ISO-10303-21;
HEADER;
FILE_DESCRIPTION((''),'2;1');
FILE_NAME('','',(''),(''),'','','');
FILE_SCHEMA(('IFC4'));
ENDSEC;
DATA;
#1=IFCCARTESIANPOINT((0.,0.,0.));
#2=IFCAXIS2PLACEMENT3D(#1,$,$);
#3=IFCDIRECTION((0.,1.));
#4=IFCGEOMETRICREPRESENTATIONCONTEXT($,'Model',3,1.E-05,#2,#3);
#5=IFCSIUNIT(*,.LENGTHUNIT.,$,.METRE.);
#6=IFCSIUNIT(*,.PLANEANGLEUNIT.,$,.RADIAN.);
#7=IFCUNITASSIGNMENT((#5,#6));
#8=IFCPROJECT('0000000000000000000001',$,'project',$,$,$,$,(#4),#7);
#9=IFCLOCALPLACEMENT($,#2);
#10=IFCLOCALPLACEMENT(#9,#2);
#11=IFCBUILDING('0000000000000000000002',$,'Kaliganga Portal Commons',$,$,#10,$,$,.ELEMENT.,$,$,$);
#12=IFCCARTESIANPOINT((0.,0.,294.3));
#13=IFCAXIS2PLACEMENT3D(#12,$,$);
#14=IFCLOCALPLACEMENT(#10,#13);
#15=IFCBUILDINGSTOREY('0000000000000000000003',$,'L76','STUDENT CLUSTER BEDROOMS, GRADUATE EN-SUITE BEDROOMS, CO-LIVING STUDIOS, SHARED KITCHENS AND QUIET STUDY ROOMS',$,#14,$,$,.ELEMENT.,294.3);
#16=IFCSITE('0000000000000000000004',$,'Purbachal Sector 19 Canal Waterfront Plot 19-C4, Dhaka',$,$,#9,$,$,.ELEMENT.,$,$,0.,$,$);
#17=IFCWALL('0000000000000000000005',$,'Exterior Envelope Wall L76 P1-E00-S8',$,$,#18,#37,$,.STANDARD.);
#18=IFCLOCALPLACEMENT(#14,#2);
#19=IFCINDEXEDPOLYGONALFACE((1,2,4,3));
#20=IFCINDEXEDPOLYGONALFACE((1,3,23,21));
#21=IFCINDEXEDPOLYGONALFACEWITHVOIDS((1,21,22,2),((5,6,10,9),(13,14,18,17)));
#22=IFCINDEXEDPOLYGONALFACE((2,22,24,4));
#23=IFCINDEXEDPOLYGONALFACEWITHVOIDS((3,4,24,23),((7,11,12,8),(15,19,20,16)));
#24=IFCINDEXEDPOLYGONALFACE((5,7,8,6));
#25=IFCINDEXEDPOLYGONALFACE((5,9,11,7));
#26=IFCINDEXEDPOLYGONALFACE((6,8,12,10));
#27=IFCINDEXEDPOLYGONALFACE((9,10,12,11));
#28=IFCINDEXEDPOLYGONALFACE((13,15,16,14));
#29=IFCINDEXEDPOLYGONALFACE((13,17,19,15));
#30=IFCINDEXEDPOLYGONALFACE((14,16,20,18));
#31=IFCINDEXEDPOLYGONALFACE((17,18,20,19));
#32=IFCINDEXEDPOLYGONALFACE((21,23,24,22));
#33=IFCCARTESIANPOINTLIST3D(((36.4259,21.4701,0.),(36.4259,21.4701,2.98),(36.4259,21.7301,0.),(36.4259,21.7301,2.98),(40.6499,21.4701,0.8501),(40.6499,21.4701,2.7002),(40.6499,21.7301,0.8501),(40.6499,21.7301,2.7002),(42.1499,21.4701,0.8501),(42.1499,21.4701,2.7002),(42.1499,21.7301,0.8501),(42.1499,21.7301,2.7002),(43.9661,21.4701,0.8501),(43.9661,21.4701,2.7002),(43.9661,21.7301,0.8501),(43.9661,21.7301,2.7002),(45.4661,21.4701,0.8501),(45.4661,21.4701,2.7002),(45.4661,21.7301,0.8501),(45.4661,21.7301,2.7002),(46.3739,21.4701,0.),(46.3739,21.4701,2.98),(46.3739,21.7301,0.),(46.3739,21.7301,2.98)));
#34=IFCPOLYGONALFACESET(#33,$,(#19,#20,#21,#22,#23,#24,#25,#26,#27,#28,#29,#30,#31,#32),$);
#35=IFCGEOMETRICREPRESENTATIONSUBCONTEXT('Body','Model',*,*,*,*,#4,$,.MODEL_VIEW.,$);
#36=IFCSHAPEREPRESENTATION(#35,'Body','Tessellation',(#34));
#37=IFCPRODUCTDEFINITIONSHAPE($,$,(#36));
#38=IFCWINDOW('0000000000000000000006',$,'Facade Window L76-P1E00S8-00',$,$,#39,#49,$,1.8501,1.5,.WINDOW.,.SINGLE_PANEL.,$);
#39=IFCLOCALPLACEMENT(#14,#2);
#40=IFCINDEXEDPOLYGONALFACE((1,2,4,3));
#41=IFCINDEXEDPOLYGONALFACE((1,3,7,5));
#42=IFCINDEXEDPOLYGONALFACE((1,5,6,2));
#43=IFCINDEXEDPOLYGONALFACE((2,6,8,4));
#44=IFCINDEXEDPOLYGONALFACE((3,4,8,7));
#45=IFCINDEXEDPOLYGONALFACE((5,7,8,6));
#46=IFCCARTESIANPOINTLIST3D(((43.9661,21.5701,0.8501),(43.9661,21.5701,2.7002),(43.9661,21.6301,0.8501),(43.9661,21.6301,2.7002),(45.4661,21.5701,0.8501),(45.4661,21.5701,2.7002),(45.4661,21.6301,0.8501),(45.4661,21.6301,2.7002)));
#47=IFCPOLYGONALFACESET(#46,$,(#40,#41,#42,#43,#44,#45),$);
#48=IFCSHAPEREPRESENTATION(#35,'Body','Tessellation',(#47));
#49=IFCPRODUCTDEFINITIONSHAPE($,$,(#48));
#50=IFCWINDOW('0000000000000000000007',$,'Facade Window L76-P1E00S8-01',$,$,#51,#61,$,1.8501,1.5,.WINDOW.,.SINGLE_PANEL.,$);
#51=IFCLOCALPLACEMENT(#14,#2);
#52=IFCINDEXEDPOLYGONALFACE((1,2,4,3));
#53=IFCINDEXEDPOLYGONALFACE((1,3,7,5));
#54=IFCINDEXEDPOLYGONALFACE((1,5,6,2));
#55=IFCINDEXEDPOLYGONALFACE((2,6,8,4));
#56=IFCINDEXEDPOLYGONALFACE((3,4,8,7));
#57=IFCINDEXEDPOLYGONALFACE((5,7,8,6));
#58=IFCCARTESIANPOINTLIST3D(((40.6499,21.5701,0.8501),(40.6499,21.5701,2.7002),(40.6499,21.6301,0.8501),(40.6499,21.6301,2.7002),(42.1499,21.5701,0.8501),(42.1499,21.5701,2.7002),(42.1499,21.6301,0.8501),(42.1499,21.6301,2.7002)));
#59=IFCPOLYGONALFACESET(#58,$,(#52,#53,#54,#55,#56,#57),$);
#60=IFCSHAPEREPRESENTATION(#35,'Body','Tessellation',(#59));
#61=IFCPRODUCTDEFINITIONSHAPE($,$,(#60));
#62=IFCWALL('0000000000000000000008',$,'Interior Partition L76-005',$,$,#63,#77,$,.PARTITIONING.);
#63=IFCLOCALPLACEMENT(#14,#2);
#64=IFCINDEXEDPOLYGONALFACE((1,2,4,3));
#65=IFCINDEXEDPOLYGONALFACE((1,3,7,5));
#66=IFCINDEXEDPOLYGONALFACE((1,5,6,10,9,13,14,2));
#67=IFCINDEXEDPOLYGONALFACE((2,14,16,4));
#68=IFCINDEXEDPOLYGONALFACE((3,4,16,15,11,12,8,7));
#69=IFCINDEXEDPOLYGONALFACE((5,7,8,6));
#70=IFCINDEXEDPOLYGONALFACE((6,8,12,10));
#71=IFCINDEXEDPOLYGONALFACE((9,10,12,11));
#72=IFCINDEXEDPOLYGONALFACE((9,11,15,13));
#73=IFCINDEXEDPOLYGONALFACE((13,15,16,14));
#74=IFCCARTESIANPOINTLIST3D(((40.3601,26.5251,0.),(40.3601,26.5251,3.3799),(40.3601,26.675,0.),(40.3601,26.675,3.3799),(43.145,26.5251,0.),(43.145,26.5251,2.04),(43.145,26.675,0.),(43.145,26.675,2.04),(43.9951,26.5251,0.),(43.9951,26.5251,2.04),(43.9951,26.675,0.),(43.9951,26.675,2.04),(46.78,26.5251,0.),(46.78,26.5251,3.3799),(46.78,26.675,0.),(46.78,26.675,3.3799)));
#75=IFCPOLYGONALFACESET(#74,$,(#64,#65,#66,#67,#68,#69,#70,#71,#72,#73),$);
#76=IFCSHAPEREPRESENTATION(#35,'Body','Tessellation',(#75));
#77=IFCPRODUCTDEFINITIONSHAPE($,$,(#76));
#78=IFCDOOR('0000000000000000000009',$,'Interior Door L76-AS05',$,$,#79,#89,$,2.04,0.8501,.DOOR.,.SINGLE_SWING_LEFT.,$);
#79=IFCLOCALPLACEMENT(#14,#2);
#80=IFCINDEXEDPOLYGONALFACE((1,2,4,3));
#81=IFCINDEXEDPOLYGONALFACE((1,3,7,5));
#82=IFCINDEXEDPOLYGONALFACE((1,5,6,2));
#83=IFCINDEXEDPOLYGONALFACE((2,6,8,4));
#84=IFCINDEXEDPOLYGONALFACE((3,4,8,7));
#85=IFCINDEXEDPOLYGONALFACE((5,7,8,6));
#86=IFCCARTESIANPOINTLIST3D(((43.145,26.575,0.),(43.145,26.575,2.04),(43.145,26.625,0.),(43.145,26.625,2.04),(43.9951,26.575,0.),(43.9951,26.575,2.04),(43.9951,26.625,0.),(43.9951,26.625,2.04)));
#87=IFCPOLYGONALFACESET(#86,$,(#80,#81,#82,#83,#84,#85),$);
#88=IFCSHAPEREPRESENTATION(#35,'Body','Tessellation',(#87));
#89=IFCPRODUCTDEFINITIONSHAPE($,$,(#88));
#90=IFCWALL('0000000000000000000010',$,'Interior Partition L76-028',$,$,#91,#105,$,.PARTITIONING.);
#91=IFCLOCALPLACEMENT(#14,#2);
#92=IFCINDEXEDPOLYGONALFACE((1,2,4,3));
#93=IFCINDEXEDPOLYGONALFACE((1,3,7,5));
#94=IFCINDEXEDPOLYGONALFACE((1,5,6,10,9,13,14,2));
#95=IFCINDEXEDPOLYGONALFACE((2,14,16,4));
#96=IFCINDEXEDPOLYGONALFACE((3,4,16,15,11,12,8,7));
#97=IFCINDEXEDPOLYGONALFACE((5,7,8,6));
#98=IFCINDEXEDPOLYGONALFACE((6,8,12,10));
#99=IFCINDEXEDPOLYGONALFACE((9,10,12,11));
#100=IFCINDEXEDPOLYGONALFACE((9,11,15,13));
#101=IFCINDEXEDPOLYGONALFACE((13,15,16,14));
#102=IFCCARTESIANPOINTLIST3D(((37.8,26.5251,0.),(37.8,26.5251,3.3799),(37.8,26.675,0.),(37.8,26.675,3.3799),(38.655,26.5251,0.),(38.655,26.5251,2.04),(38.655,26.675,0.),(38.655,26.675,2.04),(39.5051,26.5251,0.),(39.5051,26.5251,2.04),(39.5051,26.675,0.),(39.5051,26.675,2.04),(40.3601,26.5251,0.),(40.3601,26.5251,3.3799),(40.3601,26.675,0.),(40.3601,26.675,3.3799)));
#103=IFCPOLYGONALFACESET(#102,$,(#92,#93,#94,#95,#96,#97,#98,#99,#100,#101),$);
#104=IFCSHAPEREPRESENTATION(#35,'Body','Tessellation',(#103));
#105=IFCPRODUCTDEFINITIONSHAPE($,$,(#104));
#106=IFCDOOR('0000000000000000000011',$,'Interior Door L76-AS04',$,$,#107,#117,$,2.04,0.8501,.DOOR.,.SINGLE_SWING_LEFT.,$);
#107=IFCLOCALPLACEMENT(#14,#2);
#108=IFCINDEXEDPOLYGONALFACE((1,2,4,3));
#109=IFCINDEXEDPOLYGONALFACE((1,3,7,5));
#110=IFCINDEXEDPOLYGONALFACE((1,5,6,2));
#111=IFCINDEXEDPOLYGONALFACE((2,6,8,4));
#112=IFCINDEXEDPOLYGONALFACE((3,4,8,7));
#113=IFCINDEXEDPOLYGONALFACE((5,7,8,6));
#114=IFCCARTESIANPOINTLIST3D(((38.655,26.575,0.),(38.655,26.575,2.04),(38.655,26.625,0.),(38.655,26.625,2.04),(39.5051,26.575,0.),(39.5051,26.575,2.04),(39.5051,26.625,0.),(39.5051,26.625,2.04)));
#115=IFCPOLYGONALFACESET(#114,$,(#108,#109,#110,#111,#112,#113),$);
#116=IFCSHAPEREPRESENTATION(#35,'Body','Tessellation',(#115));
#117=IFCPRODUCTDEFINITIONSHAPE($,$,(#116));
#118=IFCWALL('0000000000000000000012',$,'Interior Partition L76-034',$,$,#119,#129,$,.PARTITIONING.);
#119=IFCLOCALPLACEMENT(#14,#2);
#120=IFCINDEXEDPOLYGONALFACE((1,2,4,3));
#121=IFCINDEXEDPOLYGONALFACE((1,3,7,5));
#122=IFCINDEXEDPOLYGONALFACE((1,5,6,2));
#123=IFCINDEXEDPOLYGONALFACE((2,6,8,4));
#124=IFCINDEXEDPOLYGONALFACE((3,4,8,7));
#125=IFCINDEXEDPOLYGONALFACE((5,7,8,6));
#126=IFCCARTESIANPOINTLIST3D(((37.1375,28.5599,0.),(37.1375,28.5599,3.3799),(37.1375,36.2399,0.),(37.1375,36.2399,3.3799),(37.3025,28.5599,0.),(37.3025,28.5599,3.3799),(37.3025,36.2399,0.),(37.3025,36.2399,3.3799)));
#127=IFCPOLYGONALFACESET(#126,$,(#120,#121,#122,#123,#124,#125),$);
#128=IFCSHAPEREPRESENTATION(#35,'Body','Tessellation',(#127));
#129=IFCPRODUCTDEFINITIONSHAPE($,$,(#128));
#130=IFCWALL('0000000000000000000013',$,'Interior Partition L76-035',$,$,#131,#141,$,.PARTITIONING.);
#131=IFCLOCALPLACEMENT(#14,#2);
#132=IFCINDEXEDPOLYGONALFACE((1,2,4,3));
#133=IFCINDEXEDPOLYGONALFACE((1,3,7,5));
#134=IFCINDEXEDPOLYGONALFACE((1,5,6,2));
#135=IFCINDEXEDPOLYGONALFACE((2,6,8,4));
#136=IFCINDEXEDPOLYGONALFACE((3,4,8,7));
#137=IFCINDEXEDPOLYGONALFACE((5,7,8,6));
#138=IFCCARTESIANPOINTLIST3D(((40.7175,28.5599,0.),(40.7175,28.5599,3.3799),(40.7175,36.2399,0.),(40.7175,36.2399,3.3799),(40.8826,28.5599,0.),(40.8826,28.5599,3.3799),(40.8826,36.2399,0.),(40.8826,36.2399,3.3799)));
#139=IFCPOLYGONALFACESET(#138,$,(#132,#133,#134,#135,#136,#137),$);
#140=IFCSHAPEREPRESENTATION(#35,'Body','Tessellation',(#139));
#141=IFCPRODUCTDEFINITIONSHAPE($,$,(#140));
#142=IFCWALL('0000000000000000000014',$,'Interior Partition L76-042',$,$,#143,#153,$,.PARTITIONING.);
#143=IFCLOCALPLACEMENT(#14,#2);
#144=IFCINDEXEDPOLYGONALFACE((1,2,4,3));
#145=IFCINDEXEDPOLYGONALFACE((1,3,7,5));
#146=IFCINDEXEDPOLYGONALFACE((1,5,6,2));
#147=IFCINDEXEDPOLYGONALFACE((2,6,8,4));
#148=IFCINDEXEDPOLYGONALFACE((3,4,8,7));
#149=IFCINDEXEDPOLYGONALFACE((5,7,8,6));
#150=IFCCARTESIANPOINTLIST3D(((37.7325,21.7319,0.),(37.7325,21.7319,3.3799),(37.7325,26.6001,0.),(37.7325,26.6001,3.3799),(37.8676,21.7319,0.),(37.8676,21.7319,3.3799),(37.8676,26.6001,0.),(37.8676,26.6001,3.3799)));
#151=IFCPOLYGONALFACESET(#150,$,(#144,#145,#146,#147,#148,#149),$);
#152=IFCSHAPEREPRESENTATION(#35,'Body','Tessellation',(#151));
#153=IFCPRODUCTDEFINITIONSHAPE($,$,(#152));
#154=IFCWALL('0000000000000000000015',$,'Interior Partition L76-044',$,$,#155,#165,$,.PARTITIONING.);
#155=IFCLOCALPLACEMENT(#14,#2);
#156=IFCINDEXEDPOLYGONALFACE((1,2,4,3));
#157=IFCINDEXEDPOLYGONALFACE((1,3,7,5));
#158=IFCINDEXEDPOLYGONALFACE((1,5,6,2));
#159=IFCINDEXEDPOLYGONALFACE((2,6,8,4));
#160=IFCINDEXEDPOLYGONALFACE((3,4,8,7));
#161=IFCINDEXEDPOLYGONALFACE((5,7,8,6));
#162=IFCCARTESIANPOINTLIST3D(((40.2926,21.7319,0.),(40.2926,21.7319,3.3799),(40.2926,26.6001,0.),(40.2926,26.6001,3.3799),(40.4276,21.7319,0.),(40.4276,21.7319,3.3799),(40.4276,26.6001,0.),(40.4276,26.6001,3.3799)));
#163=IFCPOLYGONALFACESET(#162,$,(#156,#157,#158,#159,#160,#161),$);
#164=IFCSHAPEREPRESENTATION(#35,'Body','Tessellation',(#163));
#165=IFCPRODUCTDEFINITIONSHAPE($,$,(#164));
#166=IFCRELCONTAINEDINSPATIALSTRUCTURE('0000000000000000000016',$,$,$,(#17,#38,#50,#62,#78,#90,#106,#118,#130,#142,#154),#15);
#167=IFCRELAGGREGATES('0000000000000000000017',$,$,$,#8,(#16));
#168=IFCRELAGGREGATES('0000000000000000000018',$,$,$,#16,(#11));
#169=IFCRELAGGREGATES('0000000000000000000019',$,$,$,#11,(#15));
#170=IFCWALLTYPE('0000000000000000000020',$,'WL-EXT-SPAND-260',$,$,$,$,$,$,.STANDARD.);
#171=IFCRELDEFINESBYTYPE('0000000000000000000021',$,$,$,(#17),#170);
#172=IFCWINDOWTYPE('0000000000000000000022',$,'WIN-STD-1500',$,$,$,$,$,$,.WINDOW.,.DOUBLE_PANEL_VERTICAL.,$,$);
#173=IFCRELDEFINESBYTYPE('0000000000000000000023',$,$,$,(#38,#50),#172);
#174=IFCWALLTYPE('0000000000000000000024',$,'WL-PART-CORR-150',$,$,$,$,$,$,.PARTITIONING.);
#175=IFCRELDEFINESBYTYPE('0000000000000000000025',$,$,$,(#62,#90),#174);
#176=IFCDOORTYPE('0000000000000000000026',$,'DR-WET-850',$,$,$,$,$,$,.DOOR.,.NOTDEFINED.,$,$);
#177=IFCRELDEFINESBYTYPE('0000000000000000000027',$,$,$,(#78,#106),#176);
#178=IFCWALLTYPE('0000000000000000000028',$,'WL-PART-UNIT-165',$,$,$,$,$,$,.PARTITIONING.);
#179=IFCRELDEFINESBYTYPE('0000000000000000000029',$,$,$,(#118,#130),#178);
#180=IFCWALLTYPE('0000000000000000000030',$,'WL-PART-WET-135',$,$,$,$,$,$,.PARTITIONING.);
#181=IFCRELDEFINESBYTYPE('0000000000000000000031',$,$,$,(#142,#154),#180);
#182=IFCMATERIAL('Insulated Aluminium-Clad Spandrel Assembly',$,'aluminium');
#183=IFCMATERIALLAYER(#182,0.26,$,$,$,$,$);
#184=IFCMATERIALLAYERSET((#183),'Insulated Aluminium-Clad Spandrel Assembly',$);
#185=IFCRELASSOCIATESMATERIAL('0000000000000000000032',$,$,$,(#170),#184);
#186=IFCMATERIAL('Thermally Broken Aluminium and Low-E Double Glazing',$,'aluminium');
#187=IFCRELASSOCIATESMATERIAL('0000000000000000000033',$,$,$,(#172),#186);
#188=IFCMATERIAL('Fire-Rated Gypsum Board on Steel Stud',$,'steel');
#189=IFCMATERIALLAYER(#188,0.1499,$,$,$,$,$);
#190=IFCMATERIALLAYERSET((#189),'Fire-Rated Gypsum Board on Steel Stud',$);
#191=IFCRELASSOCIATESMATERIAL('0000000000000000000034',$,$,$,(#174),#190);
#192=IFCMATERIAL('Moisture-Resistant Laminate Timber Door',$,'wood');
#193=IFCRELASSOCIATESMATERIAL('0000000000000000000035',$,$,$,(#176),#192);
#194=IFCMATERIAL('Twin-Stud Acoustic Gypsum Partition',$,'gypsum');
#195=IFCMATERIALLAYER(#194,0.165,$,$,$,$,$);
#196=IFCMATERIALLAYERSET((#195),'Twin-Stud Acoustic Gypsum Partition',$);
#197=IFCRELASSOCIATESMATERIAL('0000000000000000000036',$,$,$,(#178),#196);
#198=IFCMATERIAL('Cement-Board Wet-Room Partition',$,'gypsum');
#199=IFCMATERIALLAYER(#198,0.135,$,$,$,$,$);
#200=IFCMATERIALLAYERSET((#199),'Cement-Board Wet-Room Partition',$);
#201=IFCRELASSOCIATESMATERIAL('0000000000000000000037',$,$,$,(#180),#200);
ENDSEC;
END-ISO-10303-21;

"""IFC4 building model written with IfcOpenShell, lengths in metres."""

from ifc_helpers import new_model, si_unit, direction, frame, frame_2d, origin, place, context, subcontext, project, spatial, rectangle, extrude, material, layer, layer_set, type_object, element, fill, save


model = new_model("IFC4")

# Units and contexts
model_context = context("Model", 3, precision=1e-05, world=origin(), true_north=direction((0.0, 1.0)))
body_context = subcontext(model_context, "Body", "Model", "MODEL_VIEW")
ifc_project = project(units=[si_unit("LENGTHUNIT", "METRE"), si_unit("PLANEANGLEUNIT", "RADIAN")], contexts=[model_context])

# Site, building, storey
site_placement = place(None, origin())
site = spatial("IfcSite", under=ifc_project, at=site_placement, Name="Purbachal Sector 19 Canal Waterfront Plot 19-C4, Dhaka", CompositionType="ELEMENT", RefElevation=0.0)
building_placement = place(site_placement, origin())
building = spatial("IfcBuilding", under=site, at=building_placement, Name="Kaliganga Portal Commons", CompositionType="ELEMENT")
storey_placement = place(building_placement, frame((0.0, 0.0, 294.3)))
storey = spatial("IfcBuildingStorey", under=building, at=storey_placement, Name="L76", Description="STUDENT CLUSTER BEDROOMS, GRADUATE EN-SUITE BEDROOMS, CO-LIVING STUDIOS, SHARED KITCHENS AND QUIET STUDY ROOMS", CompositionType="ELEMENT", Elevation=294.3)

# Wall, openings, windows
ifc_material_1 = material(Name="Insulated Aluminium-Clad Spandrel Assembly", Category="aluminium")
ifc_layer_1 = layer(ifc_material_1, 0.26)
ifc_layer_set_1 = layer_set([ifc_layer_1], Name="Insulated Aluminium-Clad Spandrel Assembly")
wall_type_1 = type_object("IfcWallType", Name="WL-EXT-SPAND-260", PredefinedType="STANDARD", material=ifc_layer_set_1)
wall_1_placement = place(storey_placement, frame((46.374, 21.6001, 0.0), z_axis=(0.0, 0.0, 1.0), x_axis=(-1.0, 0.0, 0.0)))
wall_1 = element("IfcWall", 1, at=wall_1_placement, inside=storey, type_object=wall_type_1, Name="Exterior Envelope Wall L76 P1-E00-S8", PredefinedType="STANDARD", context=body_context, shape_type="SweptSolid", body=[
    extrude(rectangle(XDim=9.948, YDim=0.26, at=frame_2d((4.9741, 0.0))), origin(), (0.0, 0.0, 1.0), 2.98),
])
opening_1_placement = place(wall_1_placement, frame((0.908, 0.0, 0.8501)))
opening_1 = element("IfcOpeningElement", 2, at=opening_1_placement, cuts=wall_1, PredefinedType="OPENING", context=body_context, shape_type="SweptSolid", body=[
    extrude(rectangle(XDim=1.5, YDim=1.8501, at=frame_2d((0.75, 0.925))), frame((0.0, 0.1401, 0.0), z_axis=(0.0, -1.0, 0.0), x_axis=(1.0, 0.0, 0.0)), (0.0, 0.0, 1.0), 0.28),
])
opening_2_placement = place(wall_1_placement, frame((4.2241, 0.0, 0.8501)))
opening_2 = element("IfcOpeningElement", 3, at=opening_2_placement, cuts=wall_1, PredefinedType="OPENING", context=body_context, shape_type="SweptSolid", body=[
    extrude(rectangle(XDim=1.5, YDim=1.8501, at=frame_2d((0.75, 0.925))), frame((0.0, 0.1401, 0.0), z_axis=(0.0, -1.0, 0.0), x_axis=(1.0, 0.0, 0.0)), (0.0, 0.0, 1.0), 0.28),
])
ifc_material_2 = material(Name="Thermally Broken Aluminium and Low-E Double Glazing", Category="aluminium")
window_type = type_object("IfcWindowType", Name="WIN-STD-1500", PartitioningType="DOUBLE_PANEL_VERTICAL", PredefinedType="WINDOW", material=ifc_material_2)
window_1_placement = place(opening_1_placement, origin())
window_1 = element("IfcWindow", 4, at=window_1_placement, inside=storey, type_object=window_type, Name="Facade Window L76-P1E00S8-00", OverallHeight=1.8501, OverallWidth=1.5, PartitioningType="SINGLE_PANEL", PredefinedType="WINDOW", context=body_context, shape_type="SweptSolid", body=[
    extrude(rectangle(XDim=1.5, YDim=1.8501, at=frame_2d((0.75, 0.925))), frame((0.0, 0.03, 0.0), z_axis=(0.0, -1.0, 0.0), x_axis=(1.0, 0.0, 0.0)), (0.0, 0.0, 1.0), 0.0601),
])
fill(opening_1, window_1)
window_2_placement = place(opening_2_placement, origin())
window_2 = element("IfcWindow", 5, at=window_2_placement, inside=storey, type_object=window_type, Name="Facade Window L76-P1E00S8-01", OverallHeight=1.8501, OverallWidth=1.5, PartitioningType="SINGLE_PANEL", PredefinedType="WINDOW", context=body_context, shape_type="SweptSolid", body=[
    extrude(rectangle(XDim=1.5, YDim=1.8501, at=frame_2d((0.75, 0.925))), frame((0.0, 0.03, 0.0), z_axis=(0.0, -1.0, 0.0), x_axis=(1.0, 0.0, 0.0)), (0.0, 0.0, 1.0), 0.0601),
])
fill(opening_2, window_2)

# Walls, openings, doors
ifc_material_3 = material(Name="Fire-Rated Gypsum Board on Steel Stud", Category="steel")
ifc_layer_2 = layer(ifc_material_3, 0.1499)
ifc_layer_set_2 = layer_set([ifc_layer_2], Name="Fire-Rated Gypsum Board on Steel Stud")
wall_type_2 = type_object("IfcWallType", Name="WL-PART-CORR-150", PredefinedType="PARTITIONING", material=ifc_layer_set_2)
wall_2_placement = place(storey_placement, frame((40.3601, 26.6001, 0.0), z_axis=(0.0, 0.0, 1.0), x_axis=(1.0, 0.0, 0.0)))
wall_2 = element("IfcWall", 6, at=wall_2_placement, inside=storey, type_object=wall_type_2, Name="Interior Partition L76-005", PredefinedType="PARTITIONING", context=body_context, shape_type="SweptSolid", body=[
    extrude(rectangle(XDim=6.4199, YDim=0.1499, at=frame_2d((3.21, 0.0))), origin(), (0.0, 0.0, 1.0), 3.3799),
])
opening_3_placement = place(wall_2_placement, frame((2.7849, 0.0, 0.0)))
opening_3 = element("IfcOpeningElement", 7, at=opening_3_placement, cuts=wall_2, PredefinedType="OPENING", context=body_context, shape_type="SweptSolid", body=[
    extrude(rectangle(XDim=0.8501, YDim=2.04, at=frame_2d((0.425, 1.02))), frame((0.0, 0.085, 0.0), z_axis=(0.0, -1.0, 0.0), x_axis=(1.0, 0.0, 0.0)), (0.0, 0.0, 1.0), 0.1699),
])
ifc_material_4 = material(Name="Moisture-Resistant Laminate Timber Door", Category="wood")
door_type_1 = type_object("IfcDoorType", Name="DR-WET-850", OperationType="NOTDEFINED", PredefinedType="DOOR", material=ifc_material_4)
door_1_placement = place(opening_3_placement, origin())
door_1 = element("IfcDoor", 8, at=door_1_placement, inside=storey, type_object=door_type_1, Name="Interior Door L76-AS05", OperationType="SINGLE_SWING_LEFT", OverallHeight=2.04, OverallWidth=0.8501, PredefinedType="DOOR", context=body_context, shape_type="SweptSolid", body=[
    extrude(rectangle(XDim=0.8501, YDim=2.04, at=frame_2d((0.425, 1.02))), frame((0.0, 0.0249, 0.0), z_axis=(0.0, -1.0, 0.0), x_axis=(1.0, 0.0, 0.0)), (0.0, 0.0, 1.0), 0.05),
])
fill(opening_3, door_1)
wall_3_placement = place(storey_placement, frame((37.8, 26.6001, 0.0), z_axis=(0.0, 0.0, 1.0), x_axis=(1.0, 0.0, 0.0)))
wall_3 = element("IfcWall", 9, at=wall_3_placement, inside=storey, type_object=wall_type_2, Name="Interior Partition L76-028", PredefinedType="PARTITIONING", context=body_context, shape_type="SweptSolid", body=[
    extrude(rectangle(XDim=2.5601, YDim=0.1499, at=frame_2d((1.28, 0.0))), origin(), (0.0, 0.0, 1.0), 3.3799),
])
opening_4_placement = place(wall_3_placement, frame((0.855, 0.0, 0.0)))
opening_4 = element("IfcOpeningElement", 10, at=opening_4_placement, cuts=wall_3, PredefinedType="OPENING", context=body_context, shape_type="SweptSolid", body=[
    extrude(rectangle(XDim=0.8501, YDim=2.04, at=frame_2d((0.425, 1.02))), frame((0.0, 0.085, 0.0), z_axis=(0.0, -1.0, 0.0), x_axis=(1.0, 0.0, 0.0)), (0.0, 0.0, 1.0), 0.1699),
])
door_2_placement = place(opening_4_placement, origin())
door_2 = element("IfcDoor", 11, at=door_2_placement, inside=storey, type_object=door_type_1, Name="Interior Door L76-AS04", OperationType="SINGLE_SWING_LEFT", OverallHeight=2.04, OverallWidth=0.8501, PredefinedType="DOOR", context=body_context, shape_type="SweptSolid", body=[
    extrude(rectangle(XDim=0.8501, YDim=2.04, at=frame_2d((0.425, 1.02))), frame((0.0, 0.0249, 0.0), z_axis=(0.0, -1.0, 0.0), x_axis=(1.0, 0.0, 0.0)), (0.0, 0.0, 1.0), 0.05),
])
fill(opening_4, door_2)

# Walls
ifc_material_5 = material(Name="Twin-Stud Acoustic Gypsum Partition", Category="gypsum")
ifc_layer_3 = layer(ifc_material_5, 0.165)
ifc_layer_set_3 = layer_set([ifc_layer_3], Name="Twin-Stud Acoustic Gypsum Partition")
wall_type_3 = type_object("IfcWallType", Name="WL-PART-UNIT-165", PredefinedType="PARTITIONING", material=ifc_layer_set_3)
for number, where, z_axis, x_axis, name in (
    (12, (37.22, 28.5601, 0.0), (0.0, 0.0, 1.0), (0.0, 1.0, 0.0), "Interior Partition L76-034"),
    (13, (40.8, 28.5601, 0.0), (0.0, 0.0, 1.0), (0.0, 1.0, 0.0), "Interior Partition L76-035"),
):
    element("IfcWall", number, at=place(storey_placement, frame(where, z_axis=z_axis, x_axis=x_axis)), inside=storey, type_object=wall_type_3, Name=name, PredefinedType="PARTITIONING", context=body_context, shape_type="SweptSolid", body=[
        extrude(rectangle(XDim=7.6799, YDim=0.165, at=frame_2d((3.8398, 0.0))), origin(), (0.0, 0.0, 1.0), 3.3799),
    ])
ifc_material_6 = material(Name="Cement-Board Wet-Room Partition", Category="gypsum")
ifc_layer_4 = layer(ifc_material_6, 0.135)
ifc_layer_set_4 = layer_set([ifc_layer_4], Name="Cement-Board Wet-Room Partition")
wall_type_4 = type_object("IfcWallType", Name="WL-PART-WET-135", PredefinedType="PARTITIONING", material=ifc_layer_set_4)
for number, where, z_axis, x_axis, name in (
    (14, (37.8, 21.7319, 0.0), (0.0, 0.0, 1.0), (0.0, 1.0, 0.0), "Interior Partition L76-042"),
    (15, (40.3601, 21.7319, 0.0), (0.0, 0.0, 1.0), (0.0, 1.0, 0.0), "Interior Partition L76-044"),
):
    element("IfcWall", number, at=place(storey_placement, frame(where, z_axis=z_axis, x_axis=x_axis)), inside=storey, type_object=wall_type_4, Name=name, PredefinedType="PARTITIONING", context=body_context, shape_type="SweptSolid", body=[
        extrude(rectangle(XDim=4.8682, YDim=0.135, at=frame_2d((2.4341, 0.0))), origin(), (0.0, 0.0, 1.0), 3.3799),
    ])

save(model, "model.ifc")
